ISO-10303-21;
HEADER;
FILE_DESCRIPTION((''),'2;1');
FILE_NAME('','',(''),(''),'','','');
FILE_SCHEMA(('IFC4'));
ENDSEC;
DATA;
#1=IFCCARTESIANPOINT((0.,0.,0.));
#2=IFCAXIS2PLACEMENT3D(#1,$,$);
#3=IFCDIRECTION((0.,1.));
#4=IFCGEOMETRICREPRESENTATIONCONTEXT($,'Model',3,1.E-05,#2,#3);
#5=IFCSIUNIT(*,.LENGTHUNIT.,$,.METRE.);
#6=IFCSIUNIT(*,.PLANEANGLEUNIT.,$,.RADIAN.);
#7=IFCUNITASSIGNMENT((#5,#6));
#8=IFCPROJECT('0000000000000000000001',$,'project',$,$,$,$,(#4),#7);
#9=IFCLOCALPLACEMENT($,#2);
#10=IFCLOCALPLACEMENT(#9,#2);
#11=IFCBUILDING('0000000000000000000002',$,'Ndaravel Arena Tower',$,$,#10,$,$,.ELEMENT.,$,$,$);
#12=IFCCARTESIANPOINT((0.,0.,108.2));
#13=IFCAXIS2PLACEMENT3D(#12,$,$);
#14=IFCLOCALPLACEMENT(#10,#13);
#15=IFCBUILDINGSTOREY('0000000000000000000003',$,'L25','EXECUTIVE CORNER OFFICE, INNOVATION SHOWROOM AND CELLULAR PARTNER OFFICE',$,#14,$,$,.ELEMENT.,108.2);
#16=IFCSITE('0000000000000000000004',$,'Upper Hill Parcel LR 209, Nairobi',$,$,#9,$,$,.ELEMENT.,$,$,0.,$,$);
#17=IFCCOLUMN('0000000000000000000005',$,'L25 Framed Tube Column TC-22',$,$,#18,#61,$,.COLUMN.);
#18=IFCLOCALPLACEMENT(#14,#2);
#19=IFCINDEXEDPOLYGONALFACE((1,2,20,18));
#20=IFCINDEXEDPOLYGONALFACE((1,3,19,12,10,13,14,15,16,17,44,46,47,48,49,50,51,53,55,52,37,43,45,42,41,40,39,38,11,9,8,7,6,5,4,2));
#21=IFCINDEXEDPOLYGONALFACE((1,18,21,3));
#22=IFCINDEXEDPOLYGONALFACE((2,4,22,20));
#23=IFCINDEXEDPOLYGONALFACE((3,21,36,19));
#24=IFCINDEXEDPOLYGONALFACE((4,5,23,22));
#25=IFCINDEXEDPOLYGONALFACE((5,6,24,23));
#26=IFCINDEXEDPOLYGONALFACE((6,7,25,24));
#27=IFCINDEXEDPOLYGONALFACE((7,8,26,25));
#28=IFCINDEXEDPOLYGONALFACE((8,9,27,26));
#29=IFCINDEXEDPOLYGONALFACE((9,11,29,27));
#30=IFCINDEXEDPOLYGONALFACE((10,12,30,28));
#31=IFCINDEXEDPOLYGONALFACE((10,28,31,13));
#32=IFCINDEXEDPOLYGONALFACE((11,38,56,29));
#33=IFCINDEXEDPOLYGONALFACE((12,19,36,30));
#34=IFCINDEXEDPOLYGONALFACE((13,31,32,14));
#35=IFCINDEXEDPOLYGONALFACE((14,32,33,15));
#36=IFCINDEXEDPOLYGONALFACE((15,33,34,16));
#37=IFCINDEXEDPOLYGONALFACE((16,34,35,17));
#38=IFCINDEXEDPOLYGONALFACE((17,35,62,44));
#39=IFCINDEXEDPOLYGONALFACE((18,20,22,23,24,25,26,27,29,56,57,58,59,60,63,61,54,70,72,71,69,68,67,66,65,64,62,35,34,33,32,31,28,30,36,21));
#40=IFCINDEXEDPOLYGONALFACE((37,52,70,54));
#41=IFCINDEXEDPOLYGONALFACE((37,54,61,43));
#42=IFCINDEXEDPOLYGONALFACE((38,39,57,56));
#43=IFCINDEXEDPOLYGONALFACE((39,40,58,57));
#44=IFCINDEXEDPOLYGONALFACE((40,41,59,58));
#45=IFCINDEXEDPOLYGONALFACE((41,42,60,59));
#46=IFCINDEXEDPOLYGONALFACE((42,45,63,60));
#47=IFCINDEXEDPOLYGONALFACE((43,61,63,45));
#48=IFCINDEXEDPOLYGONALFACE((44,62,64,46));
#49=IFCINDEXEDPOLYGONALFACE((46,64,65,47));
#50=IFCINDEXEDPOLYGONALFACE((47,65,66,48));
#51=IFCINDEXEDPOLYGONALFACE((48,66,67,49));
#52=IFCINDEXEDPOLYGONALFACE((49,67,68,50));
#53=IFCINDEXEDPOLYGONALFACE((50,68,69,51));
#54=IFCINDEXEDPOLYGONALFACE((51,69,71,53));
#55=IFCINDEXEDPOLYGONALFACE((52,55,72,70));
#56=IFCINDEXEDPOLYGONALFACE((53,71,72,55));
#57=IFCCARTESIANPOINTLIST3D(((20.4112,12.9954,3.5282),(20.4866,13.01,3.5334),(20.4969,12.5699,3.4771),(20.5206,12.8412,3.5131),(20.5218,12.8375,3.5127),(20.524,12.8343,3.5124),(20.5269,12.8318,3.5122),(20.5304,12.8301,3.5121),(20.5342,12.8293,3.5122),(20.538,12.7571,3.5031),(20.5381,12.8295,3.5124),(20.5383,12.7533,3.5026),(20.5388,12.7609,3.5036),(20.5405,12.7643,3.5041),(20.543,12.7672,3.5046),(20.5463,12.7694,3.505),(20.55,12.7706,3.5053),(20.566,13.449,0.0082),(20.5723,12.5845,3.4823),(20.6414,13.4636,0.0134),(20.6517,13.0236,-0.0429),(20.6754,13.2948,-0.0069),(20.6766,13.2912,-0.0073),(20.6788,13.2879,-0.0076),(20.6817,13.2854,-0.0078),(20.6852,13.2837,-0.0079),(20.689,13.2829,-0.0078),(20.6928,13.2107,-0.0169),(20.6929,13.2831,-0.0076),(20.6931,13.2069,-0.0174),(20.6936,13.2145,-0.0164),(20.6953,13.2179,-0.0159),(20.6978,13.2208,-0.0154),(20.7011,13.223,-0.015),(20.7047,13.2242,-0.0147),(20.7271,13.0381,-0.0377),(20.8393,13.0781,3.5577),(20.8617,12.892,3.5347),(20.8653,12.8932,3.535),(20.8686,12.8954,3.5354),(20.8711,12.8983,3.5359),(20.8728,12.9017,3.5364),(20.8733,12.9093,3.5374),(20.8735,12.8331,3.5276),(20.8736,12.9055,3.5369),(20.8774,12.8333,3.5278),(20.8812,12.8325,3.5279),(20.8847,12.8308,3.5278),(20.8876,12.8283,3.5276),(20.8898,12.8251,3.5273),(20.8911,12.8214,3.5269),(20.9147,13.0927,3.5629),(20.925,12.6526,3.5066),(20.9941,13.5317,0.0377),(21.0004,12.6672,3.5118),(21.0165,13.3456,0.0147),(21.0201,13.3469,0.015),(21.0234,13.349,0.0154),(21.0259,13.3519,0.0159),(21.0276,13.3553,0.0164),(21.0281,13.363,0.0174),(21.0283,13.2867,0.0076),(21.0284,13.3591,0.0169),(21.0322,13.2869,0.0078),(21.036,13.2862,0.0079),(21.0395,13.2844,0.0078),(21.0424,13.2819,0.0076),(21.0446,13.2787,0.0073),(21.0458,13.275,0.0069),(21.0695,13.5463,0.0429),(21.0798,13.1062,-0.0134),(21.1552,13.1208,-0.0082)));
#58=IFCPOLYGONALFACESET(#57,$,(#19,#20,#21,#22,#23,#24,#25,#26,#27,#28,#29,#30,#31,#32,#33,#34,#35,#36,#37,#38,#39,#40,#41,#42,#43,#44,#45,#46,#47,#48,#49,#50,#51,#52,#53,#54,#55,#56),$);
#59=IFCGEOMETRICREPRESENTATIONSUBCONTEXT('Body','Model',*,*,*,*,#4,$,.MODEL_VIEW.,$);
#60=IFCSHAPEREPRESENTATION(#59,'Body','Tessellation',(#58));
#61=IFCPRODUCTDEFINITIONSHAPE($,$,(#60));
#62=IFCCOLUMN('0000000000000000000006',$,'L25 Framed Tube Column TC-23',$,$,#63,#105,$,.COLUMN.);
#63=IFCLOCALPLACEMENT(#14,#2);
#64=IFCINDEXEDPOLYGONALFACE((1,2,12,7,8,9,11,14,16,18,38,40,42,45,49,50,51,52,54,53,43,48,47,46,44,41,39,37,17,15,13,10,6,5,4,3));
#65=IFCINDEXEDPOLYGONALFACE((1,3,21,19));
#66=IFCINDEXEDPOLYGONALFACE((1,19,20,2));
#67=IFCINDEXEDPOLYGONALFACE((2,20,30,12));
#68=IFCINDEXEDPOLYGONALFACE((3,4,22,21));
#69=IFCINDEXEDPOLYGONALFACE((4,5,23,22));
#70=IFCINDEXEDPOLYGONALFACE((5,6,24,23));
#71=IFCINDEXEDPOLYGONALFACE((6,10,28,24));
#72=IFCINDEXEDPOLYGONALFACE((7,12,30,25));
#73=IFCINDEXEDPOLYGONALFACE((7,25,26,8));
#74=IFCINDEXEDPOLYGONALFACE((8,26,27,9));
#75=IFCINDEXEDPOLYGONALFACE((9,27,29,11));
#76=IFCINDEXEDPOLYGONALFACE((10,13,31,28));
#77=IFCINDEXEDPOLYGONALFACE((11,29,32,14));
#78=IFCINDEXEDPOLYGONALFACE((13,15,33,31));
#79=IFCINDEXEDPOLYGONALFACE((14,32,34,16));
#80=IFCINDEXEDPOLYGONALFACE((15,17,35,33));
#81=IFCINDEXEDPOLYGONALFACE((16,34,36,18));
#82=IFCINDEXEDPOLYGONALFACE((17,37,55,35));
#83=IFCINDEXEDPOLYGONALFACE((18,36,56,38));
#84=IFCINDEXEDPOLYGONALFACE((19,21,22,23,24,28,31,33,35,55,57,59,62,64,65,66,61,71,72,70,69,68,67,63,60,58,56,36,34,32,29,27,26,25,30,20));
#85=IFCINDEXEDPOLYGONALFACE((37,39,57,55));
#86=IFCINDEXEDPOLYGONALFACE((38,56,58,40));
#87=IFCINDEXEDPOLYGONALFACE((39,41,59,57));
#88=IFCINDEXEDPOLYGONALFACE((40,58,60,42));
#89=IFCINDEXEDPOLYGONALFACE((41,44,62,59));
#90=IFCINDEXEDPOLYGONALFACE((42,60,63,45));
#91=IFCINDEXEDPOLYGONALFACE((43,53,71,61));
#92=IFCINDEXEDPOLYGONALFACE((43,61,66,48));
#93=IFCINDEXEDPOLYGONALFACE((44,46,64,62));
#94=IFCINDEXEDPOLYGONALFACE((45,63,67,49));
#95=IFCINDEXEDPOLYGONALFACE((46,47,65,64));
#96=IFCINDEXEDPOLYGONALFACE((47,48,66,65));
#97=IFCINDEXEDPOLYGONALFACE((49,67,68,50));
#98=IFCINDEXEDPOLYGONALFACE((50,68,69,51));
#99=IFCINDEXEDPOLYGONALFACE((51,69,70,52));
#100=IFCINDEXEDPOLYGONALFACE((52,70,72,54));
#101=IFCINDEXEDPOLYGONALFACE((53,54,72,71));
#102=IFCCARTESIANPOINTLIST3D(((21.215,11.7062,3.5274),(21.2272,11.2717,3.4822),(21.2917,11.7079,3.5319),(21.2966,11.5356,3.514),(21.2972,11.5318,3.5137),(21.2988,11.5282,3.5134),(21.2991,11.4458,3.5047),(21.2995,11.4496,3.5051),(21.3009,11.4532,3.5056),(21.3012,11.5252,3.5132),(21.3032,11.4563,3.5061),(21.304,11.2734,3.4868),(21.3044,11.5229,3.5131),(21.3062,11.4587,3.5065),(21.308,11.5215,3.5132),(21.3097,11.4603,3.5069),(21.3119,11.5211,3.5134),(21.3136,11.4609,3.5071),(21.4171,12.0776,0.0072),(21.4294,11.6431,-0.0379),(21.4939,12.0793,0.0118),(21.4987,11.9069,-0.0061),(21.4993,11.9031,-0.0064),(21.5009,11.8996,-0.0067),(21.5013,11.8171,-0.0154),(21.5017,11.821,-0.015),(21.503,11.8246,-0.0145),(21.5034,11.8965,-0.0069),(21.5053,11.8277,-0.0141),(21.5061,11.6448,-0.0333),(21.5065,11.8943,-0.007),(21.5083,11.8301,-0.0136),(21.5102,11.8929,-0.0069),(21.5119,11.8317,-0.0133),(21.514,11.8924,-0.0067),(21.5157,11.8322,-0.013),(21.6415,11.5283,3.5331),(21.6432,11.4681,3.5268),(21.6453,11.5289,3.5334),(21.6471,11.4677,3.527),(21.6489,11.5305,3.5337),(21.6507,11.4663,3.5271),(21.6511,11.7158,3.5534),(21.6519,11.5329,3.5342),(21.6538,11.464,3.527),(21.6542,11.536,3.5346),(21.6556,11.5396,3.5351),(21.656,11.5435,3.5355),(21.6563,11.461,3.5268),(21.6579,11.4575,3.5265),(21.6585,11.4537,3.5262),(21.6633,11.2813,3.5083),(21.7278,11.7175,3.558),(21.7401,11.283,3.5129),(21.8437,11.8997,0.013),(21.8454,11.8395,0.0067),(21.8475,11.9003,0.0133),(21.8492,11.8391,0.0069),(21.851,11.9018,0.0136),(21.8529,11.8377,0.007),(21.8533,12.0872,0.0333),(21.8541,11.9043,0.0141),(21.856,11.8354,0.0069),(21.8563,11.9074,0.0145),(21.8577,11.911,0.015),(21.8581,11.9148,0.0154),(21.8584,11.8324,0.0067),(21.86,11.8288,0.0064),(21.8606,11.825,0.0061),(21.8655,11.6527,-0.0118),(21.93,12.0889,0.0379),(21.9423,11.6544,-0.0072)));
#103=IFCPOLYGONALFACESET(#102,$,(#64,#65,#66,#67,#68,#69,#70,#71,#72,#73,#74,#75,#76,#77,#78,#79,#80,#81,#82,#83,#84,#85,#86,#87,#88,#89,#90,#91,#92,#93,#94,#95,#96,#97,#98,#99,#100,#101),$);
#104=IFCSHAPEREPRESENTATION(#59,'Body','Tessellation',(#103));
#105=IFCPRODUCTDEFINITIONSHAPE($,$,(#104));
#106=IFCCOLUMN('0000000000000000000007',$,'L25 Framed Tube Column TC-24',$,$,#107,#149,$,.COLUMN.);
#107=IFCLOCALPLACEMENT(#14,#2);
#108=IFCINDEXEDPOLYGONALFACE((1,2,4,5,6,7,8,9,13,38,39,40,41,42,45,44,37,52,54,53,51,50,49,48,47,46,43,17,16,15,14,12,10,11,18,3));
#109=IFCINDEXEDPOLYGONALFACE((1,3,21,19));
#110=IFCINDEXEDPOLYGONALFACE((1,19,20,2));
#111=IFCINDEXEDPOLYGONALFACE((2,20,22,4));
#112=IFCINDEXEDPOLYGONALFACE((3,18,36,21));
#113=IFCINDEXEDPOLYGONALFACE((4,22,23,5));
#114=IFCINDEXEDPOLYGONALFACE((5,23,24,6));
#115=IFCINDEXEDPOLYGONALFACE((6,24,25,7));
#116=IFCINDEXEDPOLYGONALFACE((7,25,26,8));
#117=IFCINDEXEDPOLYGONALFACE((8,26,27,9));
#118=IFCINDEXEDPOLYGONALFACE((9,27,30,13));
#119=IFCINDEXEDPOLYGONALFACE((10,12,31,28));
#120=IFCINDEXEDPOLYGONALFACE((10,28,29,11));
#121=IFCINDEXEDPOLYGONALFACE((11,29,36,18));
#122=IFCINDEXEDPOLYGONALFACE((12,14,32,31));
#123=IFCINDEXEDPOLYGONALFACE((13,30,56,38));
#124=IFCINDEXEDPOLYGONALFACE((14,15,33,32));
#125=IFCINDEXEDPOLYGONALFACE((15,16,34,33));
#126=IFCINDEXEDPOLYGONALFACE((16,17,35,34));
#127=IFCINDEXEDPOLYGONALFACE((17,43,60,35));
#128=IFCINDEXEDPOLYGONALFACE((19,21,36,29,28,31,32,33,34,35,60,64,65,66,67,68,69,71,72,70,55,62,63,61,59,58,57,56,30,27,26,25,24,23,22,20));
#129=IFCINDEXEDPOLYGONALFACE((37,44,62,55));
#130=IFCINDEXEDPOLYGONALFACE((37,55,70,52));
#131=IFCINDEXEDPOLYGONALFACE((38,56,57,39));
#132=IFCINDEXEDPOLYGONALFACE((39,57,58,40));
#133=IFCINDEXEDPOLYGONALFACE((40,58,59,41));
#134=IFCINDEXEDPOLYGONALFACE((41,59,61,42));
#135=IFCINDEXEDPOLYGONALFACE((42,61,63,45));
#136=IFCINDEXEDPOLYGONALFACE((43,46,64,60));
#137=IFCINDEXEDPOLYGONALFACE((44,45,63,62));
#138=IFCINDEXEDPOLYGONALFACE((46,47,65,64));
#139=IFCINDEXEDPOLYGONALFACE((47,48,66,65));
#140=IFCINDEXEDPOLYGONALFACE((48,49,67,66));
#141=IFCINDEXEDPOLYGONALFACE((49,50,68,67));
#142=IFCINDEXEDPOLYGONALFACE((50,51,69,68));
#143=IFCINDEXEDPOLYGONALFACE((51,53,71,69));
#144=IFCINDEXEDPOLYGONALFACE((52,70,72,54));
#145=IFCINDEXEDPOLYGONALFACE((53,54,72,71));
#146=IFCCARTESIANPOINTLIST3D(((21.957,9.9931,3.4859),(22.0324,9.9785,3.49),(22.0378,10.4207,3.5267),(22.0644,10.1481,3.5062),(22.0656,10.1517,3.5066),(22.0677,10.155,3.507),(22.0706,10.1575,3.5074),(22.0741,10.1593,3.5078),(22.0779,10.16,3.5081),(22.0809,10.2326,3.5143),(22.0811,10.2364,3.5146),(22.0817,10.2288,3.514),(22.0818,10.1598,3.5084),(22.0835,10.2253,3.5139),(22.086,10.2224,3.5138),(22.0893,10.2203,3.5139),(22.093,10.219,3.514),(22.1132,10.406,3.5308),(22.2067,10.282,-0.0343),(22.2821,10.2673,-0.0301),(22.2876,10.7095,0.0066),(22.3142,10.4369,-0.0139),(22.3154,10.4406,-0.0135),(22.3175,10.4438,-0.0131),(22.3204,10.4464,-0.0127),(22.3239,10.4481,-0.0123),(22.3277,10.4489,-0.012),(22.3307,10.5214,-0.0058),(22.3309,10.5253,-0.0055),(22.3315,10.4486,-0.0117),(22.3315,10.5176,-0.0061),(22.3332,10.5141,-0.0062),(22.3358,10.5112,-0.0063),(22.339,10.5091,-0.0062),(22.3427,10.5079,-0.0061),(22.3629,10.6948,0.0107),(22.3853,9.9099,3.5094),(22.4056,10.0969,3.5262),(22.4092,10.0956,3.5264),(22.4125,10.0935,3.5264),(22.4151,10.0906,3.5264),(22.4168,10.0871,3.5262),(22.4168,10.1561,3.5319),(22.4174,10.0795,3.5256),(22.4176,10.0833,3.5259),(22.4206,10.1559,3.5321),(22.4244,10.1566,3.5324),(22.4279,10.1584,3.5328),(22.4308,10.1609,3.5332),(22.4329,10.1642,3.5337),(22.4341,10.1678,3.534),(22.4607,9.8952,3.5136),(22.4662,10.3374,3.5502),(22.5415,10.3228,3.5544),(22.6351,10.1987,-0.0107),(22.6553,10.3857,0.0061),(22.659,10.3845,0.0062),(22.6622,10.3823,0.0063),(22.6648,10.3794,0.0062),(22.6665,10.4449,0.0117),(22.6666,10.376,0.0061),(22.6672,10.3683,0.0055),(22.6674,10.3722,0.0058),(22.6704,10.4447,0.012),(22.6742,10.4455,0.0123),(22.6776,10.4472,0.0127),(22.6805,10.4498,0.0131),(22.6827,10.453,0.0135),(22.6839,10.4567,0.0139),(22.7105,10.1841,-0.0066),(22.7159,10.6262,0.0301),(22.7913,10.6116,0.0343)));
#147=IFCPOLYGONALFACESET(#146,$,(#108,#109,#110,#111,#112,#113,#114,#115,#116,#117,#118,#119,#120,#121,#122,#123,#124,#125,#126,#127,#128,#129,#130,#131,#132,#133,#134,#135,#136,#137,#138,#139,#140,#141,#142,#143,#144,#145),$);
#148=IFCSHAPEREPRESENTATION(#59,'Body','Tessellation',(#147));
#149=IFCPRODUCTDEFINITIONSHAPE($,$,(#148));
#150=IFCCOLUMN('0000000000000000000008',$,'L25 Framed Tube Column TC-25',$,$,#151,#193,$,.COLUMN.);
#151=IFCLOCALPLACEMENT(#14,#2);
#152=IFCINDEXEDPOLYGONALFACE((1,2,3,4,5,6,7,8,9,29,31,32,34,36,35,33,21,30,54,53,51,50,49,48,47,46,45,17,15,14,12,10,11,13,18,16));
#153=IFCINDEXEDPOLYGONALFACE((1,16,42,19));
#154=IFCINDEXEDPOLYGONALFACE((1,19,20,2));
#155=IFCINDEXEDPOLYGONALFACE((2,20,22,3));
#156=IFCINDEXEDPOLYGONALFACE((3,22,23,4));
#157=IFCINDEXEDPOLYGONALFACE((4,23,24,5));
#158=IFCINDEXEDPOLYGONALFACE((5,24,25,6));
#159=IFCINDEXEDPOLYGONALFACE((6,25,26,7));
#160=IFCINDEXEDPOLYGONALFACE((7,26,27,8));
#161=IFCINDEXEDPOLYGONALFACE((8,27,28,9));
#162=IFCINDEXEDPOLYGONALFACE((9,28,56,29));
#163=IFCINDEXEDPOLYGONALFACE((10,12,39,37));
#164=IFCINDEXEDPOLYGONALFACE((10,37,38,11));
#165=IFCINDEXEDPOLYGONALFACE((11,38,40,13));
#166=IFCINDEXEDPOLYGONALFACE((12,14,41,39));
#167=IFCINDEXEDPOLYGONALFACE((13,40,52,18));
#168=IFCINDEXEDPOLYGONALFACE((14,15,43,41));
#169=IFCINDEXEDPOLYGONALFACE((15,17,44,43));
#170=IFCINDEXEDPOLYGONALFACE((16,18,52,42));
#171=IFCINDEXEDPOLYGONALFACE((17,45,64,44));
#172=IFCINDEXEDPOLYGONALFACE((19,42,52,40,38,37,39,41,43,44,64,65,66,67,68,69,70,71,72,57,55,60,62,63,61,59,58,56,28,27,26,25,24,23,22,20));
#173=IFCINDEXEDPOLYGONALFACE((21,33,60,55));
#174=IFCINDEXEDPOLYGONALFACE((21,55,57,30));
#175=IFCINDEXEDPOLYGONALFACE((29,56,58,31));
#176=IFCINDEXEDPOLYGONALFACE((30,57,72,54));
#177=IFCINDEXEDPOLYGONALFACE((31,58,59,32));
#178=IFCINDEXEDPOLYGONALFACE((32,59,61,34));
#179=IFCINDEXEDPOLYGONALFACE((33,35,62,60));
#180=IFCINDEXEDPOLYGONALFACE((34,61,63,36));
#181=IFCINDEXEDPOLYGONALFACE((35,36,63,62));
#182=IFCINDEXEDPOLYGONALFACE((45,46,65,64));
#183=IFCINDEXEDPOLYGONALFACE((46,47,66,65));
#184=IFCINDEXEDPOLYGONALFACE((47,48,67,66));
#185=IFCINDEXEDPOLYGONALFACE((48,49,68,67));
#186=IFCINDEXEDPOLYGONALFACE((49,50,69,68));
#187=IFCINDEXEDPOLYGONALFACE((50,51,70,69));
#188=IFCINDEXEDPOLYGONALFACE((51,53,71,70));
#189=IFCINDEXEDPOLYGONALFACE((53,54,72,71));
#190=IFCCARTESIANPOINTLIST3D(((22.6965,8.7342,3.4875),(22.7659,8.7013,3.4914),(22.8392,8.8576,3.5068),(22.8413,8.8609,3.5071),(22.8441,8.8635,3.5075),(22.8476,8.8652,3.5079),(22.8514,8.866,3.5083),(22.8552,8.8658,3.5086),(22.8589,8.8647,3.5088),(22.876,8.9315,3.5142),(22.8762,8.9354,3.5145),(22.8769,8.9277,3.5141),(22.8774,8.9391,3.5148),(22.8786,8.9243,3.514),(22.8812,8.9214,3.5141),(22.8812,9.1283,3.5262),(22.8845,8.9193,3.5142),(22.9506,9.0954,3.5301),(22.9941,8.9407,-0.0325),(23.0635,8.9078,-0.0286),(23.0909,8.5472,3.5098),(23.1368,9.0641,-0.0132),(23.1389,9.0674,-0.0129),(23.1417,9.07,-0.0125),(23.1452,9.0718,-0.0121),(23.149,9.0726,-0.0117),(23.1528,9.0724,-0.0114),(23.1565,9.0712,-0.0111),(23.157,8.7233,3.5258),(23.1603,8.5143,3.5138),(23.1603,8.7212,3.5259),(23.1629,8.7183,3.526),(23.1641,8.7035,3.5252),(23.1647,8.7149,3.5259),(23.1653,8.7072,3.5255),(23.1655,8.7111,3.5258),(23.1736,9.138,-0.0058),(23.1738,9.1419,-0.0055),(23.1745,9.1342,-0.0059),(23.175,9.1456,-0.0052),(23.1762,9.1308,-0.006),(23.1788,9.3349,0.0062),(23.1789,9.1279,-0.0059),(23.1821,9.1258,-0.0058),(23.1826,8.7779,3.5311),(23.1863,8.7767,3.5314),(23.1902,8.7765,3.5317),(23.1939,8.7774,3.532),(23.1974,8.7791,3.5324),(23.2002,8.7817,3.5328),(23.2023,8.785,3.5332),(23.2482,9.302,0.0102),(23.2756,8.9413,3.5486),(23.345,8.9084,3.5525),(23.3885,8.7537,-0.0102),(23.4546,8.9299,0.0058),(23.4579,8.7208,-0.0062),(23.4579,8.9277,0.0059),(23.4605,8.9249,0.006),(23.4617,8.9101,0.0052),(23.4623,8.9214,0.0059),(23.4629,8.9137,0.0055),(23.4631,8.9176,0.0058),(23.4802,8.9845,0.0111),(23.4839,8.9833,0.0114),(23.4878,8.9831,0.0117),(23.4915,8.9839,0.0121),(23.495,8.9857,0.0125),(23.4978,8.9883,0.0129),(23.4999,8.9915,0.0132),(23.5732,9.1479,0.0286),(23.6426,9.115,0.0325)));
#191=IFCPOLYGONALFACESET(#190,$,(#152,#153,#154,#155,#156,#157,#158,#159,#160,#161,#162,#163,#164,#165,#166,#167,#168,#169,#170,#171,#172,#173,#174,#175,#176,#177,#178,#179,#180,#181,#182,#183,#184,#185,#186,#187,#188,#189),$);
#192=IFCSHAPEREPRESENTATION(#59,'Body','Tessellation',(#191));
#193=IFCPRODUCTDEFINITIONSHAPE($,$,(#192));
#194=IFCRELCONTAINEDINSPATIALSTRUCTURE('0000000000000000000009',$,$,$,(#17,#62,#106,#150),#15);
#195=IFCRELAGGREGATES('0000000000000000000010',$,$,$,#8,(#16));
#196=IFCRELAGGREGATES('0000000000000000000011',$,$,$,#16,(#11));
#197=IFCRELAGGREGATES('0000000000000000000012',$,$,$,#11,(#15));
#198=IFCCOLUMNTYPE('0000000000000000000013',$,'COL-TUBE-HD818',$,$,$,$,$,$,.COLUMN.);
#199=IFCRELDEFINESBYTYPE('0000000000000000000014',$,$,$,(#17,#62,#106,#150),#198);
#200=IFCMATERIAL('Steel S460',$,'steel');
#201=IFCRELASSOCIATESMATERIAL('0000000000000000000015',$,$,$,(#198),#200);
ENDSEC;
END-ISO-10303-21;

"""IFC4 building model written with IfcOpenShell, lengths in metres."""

from ifc_helpers import new_model, si_unit, direction, frame, origin, origin_2d, place, context, subcontext, project, spatial, i_section, extrude, material, material_profile, profile_set, type_object, element, save


model = new_model("IFC4")

# Units and contexts
model_context = context("Model", 3, precision=1e-05, world=origin(), true_north=direction((0.0, 1.0)))
body_context = subcontext(model_context, "Body", "Model", "MODEL_VIEW")
ifc_project = project(units=[si_unit("LENGTHUNIT", "METRE"), si_unit("PLANEANGLEUNIT", "RADIAN")], contexts=[model_context])

# Site, building, storey
site_placement = place(None, origin())
site = spatial("IfcSite", under=ifc_project, at=site_placement, Name="Upper Hill Parcel LR 209, Nairobi", CompositionType="ELEMENT", RefElevation=0.0)
building_placement = place(site_placement, origin())
building = spatial("IfcBuilding", under=site, at=building_placement, Name="Ndaravel Arena Tower", CompositionType="ELEMENT")
storey_placement = place(building_placement, frame((0.0, 0.0, 108.2)))
storey = spatial("IfcBuildingStorey", under=building, at=storey_placement, Name="L25", Description="EXECUTIVE CORNER OFFICE, INNOVATION SHOWROOM AND CELLULAR PARTNER OFFICE", CompositionType="ELEMENT", Elevation=108.2)

# Columns
ifc_material_1 = material(Name="Steel S460", Category="steel")
ifc_material_profile_1 = material_profile(ifc_material_1, i_section(OverallWidth=0.437, OverallDepth=0.5139, WebThickness=0.0605, FlangeThickness=0.0769, FilletRadius=0.0149, at=origin_2d()), Name="HD 400x818")
ifc_profile_set_1 = profile_set([ifc_material_profile_1], Name="Steel S460")
column_type = type_object("IfcColumnType", Name="COL-TUBE-HD818", PredefinedType="COLUMN", material=ifc_profile_set_1)
column_1_placement = place(storey_placement, frame((20.8606, 13.2849, 0.0), z_axis=(-0.043571, -0.127688, 0.990857), x_axis=(-0.196089, 0.9736, 0.116842)))
element("IfcColumn", 1, at=column_1_placement, inside=storey, type_object=column_type, Name="L25 Framed Tube Column TC-22", PredefinedType="COLUMN", context=body_context, shape_type="SweptSolid", body=[
    extrude(i_section(OverallWidth=0.437, OverallDepth=0.5139, WebThickness=0.0605, FlangeThickness=0.0769, FilletRadius=0.0149, at=origin_2d()), origin(), (0.0, 0.0, 1.0), 3.5525),
])
column_2_placement = place(storey_placement, frame((21.6797, 11.866, 0.0), z_axis=(-0.057018, -0.10474, 0.992864), x_axis=(-0.028034, 0.994257, 0.103277)))
element("IfcColumn", 2, at=column_2_placement, inside=storey, type_object=column_type, Name="L25 Framed Tube Column TC-23", PredefinedType="COLUMN", context=body_context, shape_type="SweptSolid", body=[
    extrude(i_section(OverallWidth=0.437, OverallDepth=0.5139, WebThickness=0.0605, FlangeThickness=0.0769, FilletRadius=0.0149, at=origin_2d()), origin(), (0.0, 0.0, 1.0), 3.5454),
])
column_3_placement = place(storey_placement, frame((22.499, 10.4468, 0.0), z_axis=(-0.070539, -0.081572, 0.994168), x_axis=(0.184963, 0.978298, 0.093393)))
element("IfcColumn", 3, at=column_3_placement, inside=storey, type_object=column_type, Name="L25 Framed Tube Column TC-24", PredefinedType="COLUMN", context=body_context, shape_type="SweptSolid", body=[
    extrude(i_section(OverallWidth=0.437, OverallDepth=0.5139, WebThickness=0.0605, FlangeThickness=0.0769, FilletRadius=0.0149, at=origin_2d()), origin(), (0.0, 0.0, 1.0), 3.5408),
])
column_4_placement = place(storey_placement, frame((23.3184, 9.0278, 0.0), z_axis=(-0.084103, -0.058368, 0.994746), x_axis=(0.422656, 0.901944, 0.088657)))
element("IfcColumn", 4, at=column_4_placement, inside=storey, type_object=column_type, Name="L25 Framed Tube Column TC-25", PredefinedType="COLUMN", context=body_context, shape_type="SweptSolid", body=[
    extrude(i_section(OverallWidth=0.437, OverallDepth=0.5139, WebThickness=0.0605, FlangeThickness=0.0769, FilletRadius=0.0149, at=origin_2d()), origin(), (0.0, 0.0, 1.0), 3.5386),
])

save(model, "model.ifc")
